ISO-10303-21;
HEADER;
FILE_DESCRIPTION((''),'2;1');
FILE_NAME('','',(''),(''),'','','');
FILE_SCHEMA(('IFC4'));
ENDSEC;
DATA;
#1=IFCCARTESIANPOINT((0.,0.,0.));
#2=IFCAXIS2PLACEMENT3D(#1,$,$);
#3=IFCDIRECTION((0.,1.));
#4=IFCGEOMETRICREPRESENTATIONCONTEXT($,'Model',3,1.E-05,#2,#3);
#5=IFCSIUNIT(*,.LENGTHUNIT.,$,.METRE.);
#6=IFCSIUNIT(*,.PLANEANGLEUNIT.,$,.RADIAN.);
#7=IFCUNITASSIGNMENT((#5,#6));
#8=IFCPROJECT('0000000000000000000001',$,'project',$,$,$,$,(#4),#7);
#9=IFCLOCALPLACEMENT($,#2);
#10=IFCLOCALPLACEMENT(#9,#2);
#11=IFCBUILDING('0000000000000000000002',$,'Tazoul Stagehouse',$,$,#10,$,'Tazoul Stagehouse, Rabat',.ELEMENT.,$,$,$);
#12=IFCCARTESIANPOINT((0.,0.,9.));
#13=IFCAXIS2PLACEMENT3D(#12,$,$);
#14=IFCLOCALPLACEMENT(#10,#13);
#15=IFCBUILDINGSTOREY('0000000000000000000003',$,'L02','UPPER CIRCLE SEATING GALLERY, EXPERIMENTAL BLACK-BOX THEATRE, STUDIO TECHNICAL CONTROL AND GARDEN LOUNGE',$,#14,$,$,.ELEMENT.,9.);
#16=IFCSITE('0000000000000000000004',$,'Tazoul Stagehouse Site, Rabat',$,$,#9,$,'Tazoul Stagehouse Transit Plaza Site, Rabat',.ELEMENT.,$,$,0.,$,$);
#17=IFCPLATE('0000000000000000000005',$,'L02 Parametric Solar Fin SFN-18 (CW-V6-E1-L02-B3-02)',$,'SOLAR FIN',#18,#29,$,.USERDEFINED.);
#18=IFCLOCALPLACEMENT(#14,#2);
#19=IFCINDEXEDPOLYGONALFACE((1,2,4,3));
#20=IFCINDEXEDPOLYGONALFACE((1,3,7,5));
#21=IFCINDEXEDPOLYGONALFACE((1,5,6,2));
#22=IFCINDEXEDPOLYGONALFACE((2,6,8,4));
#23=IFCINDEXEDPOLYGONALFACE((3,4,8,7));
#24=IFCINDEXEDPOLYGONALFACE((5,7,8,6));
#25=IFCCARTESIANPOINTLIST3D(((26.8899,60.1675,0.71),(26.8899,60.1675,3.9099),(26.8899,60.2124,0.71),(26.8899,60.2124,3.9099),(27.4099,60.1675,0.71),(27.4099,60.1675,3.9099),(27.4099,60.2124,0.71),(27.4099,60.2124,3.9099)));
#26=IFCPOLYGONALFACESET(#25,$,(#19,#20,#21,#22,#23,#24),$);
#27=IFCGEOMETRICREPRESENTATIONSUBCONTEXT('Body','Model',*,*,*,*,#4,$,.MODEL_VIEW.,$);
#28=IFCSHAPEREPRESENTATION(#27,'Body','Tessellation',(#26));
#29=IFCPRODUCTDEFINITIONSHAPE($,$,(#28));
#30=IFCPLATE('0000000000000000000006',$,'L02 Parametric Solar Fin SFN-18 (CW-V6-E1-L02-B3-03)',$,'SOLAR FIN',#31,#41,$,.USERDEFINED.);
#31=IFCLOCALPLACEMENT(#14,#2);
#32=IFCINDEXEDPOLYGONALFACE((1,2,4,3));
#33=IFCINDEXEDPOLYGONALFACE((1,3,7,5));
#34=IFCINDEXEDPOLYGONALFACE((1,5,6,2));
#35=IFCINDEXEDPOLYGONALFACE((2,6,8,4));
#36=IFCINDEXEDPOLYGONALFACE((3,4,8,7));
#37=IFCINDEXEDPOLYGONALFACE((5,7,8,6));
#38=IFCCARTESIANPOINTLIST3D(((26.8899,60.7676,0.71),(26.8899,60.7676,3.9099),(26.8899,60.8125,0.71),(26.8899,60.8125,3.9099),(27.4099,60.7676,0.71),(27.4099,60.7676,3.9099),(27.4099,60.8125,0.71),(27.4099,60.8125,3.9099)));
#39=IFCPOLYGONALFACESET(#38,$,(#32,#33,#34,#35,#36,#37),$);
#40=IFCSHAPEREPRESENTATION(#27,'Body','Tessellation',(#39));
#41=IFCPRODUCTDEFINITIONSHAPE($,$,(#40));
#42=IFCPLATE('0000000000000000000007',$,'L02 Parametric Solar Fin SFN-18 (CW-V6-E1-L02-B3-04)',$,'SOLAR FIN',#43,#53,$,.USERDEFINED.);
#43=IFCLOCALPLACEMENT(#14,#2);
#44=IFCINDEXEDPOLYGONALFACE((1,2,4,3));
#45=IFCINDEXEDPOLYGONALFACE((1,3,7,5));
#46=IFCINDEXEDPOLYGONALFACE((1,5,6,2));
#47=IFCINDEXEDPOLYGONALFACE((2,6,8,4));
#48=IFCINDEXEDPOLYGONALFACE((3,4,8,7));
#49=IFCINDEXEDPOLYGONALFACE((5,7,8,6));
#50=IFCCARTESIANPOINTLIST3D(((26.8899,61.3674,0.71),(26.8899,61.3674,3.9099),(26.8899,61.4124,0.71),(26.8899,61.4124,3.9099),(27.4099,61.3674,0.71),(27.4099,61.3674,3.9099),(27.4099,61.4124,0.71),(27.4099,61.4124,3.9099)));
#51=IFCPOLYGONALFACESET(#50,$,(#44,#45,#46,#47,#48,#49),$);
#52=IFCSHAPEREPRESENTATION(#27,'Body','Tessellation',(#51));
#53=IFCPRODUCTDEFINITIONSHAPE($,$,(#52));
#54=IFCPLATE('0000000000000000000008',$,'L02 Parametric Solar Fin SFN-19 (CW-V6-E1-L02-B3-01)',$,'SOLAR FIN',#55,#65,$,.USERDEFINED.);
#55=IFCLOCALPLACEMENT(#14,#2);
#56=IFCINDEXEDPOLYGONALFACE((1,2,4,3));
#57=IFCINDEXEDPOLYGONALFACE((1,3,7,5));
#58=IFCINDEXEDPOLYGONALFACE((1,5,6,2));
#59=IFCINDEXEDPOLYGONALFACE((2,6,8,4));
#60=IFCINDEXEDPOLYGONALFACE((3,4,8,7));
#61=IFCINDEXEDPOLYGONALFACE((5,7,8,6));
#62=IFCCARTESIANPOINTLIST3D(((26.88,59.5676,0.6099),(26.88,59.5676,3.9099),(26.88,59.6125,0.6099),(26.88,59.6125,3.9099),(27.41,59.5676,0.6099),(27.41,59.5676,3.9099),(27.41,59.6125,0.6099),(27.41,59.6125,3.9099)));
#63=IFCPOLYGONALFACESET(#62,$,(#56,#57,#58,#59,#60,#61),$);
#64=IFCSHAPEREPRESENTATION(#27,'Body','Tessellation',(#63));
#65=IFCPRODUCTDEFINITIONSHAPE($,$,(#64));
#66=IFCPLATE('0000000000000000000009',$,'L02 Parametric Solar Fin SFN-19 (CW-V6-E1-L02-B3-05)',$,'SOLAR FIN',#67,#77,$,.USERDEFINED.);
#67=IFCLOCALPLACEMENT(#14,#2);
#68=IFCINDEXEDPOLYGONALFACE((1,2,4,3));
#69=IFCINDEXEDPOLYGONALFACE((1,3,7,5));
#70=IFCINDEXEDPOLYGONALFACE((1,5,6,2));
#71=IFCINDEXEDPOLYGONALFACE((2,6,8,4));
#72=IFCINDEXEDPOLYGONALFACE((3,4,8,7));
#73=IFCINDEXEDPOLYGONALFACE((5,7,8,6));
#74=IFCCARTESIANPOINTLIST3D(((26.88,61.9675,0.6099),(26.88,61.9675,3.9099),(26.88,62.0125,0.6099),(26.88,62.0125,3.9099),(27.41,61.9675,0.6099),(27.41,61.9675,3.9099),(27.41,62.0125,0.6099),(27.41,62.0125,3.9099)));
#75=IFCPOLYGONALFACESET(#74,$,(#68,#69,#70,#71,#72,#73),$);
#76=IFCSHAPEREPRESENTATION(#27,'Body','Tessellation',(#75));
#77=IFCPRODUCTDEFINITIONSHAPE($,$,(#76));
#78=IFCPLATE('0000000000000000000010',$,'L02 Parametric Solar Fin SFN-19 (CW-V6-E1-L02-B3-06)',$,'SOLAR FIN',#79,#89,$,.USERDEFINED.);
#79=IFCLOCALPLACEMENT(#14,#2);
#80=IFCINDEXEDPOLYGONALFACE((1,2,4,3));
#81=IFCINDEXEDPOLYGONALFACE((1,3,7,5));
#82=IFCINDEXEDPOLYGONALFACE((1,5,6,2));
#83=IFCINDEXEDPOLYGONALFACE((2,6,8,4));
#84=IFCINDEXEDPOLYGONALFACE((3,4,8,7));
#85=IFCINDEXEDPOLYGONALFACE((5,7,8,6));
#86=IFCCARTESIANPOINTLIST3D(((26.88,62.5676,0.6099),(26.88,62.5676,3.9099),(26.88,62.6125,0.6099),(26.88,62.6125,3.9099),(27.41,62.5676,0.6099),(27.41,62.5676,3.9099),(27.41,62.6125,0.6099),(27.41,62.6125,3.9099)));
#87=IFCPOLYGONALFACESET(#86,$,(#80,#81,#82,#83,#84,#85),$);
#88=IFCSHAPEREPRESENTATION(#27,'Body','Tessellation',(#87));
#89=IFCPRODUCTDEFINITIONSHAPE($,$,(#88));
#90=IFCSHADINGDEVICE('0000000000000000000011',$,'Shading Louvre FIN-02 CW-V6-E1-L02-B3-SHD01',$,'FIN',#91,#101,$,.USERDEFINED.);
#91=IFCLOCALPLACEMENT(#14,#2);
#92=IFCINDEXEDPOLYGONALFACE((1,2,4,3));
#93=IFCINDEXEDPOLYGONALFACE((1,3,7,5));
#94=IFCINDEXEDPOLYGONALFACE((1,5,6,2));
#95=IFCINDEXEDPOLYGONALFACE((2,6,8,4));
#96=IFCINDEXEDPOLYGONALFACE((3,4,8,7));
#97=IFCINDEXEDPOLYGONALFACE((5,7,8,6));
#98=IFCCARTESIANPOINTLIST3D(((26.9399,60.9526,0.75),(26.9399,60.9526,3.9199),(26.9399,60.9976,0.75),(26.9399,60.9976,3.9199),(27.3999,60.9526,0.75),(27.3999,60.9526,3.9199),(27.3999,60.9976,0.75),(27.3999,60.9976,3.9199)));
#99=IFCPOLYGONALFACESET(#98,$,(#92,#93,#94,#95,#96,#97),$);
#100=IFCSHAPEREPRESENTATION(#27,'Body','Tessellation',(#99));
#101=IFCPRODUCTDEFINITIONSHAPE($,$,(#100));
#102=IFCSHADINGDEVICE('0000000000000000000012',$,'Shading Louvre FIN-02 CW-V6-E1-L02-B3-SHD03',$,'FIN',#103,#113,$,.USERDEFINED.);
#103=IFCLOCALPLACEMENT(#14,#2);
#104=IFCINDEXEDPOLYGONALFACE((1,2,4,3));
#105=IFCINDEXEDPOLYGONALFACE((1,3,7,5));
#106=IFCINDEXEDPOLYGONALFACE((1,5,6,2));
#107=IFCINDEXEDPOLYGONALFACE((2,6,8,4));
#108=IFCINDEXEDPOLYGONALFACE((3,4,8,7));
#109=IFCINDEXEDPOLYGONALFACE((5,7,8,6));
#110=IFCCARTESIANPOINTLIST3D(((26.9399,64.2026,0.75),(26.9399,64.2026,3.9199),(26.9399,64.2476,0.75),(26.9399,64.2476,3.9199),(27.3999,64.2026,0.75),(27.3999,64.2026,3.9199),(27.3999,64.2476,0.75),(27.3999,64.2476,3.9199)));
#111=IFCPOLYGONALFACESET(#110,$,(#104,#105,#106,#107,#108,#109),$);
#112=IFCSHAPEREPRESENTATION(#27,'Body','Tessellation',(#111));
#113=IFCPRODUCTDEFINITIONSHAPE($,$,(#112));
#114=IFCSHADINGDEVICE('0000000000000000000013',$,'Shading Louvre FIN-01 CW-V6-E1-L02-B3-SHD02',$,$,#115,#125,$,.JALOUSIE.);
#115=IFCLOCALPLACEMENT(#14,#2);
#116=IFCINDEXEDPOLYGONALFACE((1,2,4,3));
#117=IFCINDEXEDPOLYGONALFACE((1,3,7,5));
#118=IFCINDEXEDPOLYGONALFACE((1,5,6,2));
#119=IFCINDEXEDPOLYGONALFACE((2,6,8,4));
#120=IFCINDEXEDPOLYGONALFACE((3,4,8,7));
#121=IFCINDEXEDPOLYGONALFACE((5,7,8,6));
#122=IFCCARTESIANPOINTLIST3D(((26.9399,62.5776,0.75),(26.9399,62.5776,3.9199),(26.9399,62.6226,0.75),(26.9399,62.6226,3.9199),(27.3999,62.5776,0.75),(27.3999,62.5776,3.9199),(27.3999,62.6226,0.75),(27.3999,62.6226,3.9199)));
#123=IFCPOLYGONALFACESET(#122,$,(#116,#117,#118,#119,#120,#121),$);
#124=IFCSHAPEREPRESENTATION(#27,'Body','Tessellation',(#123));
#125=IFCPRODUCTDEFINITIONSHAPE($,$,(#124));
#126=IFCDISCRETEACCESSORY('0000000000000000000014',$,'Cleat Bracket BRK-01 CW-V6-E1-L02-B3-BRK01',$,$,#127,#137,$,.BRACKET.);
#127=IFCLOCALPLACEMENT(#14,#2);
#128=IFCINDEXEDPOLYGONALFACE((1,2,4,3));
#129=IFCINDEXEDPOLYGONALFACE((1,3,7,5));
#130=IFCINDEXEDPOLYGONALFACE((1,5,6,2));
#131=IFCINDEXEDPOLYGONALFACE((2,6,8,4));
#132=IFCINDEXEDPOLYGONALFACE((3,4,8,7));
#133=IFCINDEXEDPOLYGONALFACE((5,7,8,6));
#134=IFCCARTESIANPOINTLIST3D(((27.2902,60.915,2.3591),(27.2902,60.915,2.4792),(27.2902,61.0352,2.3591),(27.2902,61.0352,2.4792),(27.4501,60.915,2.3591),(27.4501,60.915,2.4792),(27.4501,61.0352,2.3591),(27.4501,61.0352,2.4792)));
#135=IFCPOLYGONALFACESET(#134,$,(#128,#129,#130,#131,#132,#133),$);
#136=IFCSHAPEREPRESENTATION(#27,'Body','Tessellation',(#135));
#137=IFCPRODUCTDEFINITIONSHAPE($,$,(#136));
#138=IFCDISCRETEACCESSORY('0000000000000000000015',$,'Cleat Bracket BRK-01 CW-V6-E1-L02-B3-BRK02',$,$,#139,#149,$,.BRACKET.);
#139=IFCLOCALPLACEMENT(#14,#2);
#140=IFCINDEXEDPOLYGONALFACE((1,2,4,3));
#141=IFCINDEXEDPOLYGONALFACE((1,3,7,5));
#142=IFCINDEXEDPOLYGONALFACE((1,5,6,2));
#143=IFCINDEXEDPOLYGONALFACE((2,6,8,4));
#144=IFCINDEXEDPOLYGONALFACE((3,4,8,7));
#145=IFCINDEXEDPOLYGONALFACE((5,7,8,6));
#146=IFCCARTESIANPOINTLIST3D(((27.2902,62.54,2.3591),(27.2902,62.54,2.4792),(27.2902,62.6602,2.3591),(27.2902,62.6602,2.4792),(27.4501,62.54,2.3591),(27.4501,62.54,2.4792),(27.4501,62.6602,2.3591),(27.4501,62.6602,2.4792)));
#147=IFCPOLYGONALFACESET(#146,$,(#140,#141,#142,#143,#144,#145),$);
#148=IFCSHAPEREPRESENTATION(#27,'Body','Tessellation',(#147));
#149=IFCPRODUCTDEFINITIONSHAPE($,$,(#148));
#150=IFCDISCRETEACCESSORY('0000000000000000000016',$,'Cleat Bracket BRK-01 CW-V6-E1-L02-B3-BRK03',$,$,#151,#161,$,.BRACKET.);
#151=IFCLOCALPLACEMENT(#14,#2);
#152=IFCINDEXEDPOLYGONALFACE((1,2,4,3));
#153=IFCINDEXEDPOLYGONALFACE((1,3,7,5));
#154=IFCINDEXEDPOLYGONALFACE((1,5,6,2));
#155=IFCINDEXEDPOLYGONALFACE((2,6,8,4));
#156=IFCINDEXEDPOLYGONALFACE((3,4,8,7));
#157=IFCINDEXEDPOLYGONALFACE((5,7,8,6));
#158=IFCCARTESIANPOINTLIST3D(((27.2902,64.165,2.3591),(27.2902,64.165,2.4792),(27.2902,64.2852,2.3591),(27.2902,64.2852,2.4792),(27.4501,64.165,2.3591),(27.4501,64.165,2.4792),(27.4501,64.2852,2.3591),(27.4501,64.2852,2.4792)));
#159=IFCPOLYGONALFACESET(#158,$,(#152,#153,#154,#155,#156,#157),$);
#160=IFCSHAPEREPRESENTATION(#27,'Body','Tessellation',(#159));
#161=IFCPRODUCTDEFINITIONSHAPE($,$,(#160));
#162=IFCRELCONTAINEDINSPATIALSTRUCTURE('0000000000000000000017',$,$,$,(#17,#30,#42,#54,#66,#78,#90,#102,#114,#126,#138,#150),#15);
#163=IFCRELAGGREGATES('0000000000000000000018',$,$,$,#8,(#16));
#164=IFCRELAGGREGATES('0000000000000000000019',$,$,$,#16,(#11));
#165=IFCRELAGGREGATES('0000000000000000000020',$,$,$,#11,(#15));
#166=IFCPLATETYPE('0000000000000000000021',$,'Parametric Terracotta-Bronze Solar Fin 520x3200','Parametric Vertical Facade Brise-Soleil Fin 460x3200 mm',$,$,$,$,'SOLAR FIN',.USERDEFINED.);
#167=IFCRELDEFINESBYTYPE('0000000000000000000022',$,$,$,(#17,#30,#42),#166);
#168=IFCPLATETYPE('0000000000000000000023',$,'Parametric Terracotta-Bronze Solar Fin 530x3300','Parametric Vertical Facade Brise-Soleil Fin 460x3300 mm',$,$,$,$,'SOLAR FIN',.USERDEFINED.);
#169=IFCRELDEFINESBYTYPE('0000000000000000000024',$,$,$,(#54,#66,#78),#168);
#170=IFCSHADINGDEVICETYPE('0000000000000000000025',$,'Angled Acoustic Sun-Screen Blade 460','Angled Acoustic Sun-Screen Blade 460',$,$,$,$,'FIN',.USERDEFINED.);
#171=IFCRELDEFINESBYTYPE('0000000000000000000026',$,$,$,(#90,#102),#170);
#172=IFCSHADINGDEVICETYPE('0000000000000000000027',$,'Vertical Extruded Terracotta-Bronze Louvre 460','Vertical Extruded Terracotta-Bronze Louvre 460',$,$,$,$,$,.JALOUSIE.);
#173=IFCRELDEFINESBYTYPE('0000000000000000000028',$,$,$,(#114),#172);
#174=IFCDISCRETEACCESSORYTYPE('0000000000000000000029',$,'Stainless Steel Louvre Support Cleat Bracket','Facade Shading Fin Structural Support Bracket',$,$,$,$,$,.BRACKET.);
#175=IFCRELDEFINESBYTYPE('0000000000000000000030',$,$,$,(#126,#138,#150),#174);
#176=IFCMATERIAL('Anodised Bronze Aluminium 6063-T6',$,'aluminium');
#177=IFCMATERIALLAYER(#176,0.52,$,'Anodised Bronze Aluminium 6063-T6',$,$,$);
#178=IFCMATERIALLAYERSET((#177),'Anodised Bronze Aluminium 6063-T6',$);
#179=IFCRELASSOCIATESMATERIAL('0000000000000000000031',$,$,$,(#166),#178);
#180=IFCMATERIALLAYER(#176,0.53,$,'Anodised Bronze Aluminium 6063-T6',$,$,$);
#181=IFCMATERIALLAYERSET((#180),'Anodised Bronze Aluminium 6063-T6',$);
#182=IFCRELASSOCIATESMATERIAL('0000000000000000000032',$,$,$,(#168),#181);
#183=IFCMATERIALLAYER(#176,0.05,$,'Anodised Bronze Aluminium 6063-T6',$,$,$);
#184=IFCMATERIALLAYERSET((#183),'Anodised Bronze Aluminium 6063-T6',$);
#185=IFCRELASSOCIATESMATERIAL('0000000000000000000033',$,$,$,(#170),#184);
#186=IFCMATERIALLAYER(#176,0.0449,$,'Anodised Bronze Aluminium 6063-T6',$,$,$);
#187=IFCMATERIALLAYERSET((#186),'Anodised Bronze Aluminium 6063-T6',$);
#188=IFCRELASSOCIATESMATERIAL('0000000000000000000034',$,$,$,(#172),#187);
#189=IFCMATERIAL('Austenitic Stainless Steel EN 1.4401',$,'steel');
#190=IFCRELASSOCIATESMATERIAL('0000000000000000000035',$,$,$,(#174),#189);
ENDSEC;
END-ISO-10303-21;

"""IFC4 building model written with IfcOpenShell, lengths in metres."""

from ifc_helpers import new_model, si_unit, direction, frame, origin, origin_2d, place, context, subcontext, project, spatial, rectangle, extrude, material, layer, layer_set, type_object, element, save


model = new_model("IFC4")

# Units and contexts
model_context = context("Model", 3, precision=1e-05, world=origin(), true_north=direction((0.0, 1.0)))
body_context = subcontext(model_context, "Body", "Model", "MODEL_VIEW")
ifc_project = project(units=[si_unit("LENGTHUNIT", "METRE"), si_unit("PLANEANGLEUNIT", "RADIAN")], contexts=[model_context])

# Site, building, storey
site_placement = place(None, origin())
site = spatial("IfcSite", under=ifc_project, at=site_placement, Name="Tazoul Stagehouse Site, Rabat", LongName="Tazoul Stagehouse Transit Plaza Site, Rabat", CompositionType="ELEMENT", RefElevation=0.0)
building_placement = place(site_placement, origin())
building = spatial("IfcBuilding", under=site, at=building_placement, Name="Tazoul Stagehouse", LongName="Tazoul Stagehouse, Rabat", CompositionType="ELEMENT")
storey_placement = place(building_placement, frame((0.0, 0.0, 9.0)))
storey = spatial("IfcBuildingStorey", under=building, at=storey_placement, Name="L02", Description="UPPER CIRCLE SEATING GALLERY, EXPERIMENTAL BLACK-BOX THEATRE, STUDIO TECHNICAL CONTROL AND GARDEN LOUNGE", CompositionType="ELEMENT", Elevation=9.0)

# Plates
ifc_material_1 = material(Name="Anodised Bronze Aluminium 6063-T6", Category="aluminium")
ifc_layer_1 = layer(ifc_material_1, 0.52, Name="Anodised Bronze Aluminium 6063-T6")
ifc_layer_set_1 = layer_set([ifc_layer_1], Name="Anodised Bronze Aluminium 6063-T6")
plate_type_1 = type_object("IfcPlateType", Name="Parametric Terracotta-Bronze Solar Fin 520x3200", Description="Parametric Vertical Facade Brise-Soleil Fin 460x3200 mm", ElementType="SOLAR FIN", PredefinedType="USERDEFINED", material=ifc_layer_set_1)
for number, where, z_axis, x_axis, name in (
    (1, (27.1499, 60.1899, 0.71), (0.0, 0.0, 1.0), (0.0, 1.0, 0.0), "L02 Parametric Solar Fin SFN-18 (CW-V6-E1-L02-B3-02)"),
    (2, (27.1499, 60.79, 0.71), (0.0, 0.0, 1.0), (0.0, 1.0, 0.0), "L02 Parametric Solar Fin SFN-18 (CW-V6-E1-L02-B3-03)"),
    (3, (27.1499, 61.3899, 0.71), (0.0, 0.0, 1.0), (0.0, 1.0, 0.0), "L02 Parametric Solar Fin SFN-18 (CW-V6-E1-L02-B3-04)"),
):
    element("IfcPlate", number, at=place(storey_placement, frame(where, z_axis=z_axis, x_axis=x_axis)), inside=storey, type_object=plate_type_1, Name=name, ObjectType="SOLAR FIN", PredefinedType="USERDEFINED", context=body_context, shape_type="SweptSolid", body=[
        extrude(rectangle(XDim=0.0449, YDim=0.52, at=origin_2d()), origin(), (0.0, 0.0, 1.0), 3.2),
    ])
ifc_layer_2 = layer(ifc_material_1, 0.53, Name="Anodised Bronze Aluminium 6063-T6")
ifc_layer_set_2 = layer_set([ifc_layer_2], Name="Anodised Bronze Aluminium 6063-T6")
plate_type_2 = type_object("IfcPlateType", Name="Parametric Terracotta-Bronze Solar Fin 530x3300", Description="Parametric Vertical Facade Brise-Soleil Fin 460x3300 mm", ElementType="SOLAR FIN", PredefinedType="USERDEFINED", material=ifc_layer_set_2)
for number, where, z_axis, x_axis, name in (
    (4, (27.145, 59.5901, 0.6099), (0.0, 0.0, 1.0), (0.0, 1.0, 0.0), "L02 Parametric Solar Fin SFN-19 (CW-V6-E1-L02-B3-01)"),
    (5, (27.145, 61.99, 0.6099), (0.0, 0.0, 1.0), (0.0, 1.0, 0.0), "L02 Parametric Solar Fin SFN-19 (CW-V6-E1-L02-B3-05)"),
    (6, (27.145, 62.5901, 0.6099), (0.0, 0.0, 1.0), (0.0, 1.0, 0.0), "L02 Parametric Solar Fin SFN-19 (CW-V6-E1-L02-B3-06)"),
):
    element("IfcPlate", number, at=place(storey_placement, frame(where, z_axis=z_axis, x_axis=x_axis)), inside=storey, type_object=plate_type_2, Name=name, ObjectType="SOLAR FIN", PredefinedType="USERDEFINED", context=body_context, shape_type="SweptSolid", body=[
        extrude(rectangle(XDim=0.0449, YDim=0.53, at=origin_2d()), origin(), (0.0, 0.0, 1.0), 3.3),
    ])

# Shading devices
ifc_layer_3 = layer(ifc_material_1, 0.05, Name="Anodised Bronze Aluminium 6063-T6")
ifc_layer_set_3 = layer_set([ifc_layer_3], Name="Anodised Bronze Aluminium 6063-T6")
shading_device_type_1 = type_object("IfcShadingDeviceType", Name="Angled Acoustic Sun-Screen Blade 460", Description="Angled Acoustic Sun-Screen Blade 460", ElementType="FIN", PredefinedType="USERDEFINED", material=ifc_layer_set_3)
for number, where, z_axis, x_axis, name in (
    (7, (27.1699, 60.9751, 0.75), (0.0, 0.0, 1.0), (0.0, 1.0, 0.0), "Shading Louvre FIN-02 CW-V6-E1-L02-B3-SHD01"),
    (8, (27.1699, 64.2251, 0.75), (0.0, 0.0, 1.0), (0.0, 1.0, 0.0), "Shading Louvre FIN-02 CW-V6-E1-L02-B3-SHD03"),
):
    element("IfcShadingDevice", number, at=place(storey_placement, frame(where, z_axis=z_axis, x_axis=x_axis)), inside=storey, type_object=shading_device_type_1, Name=name, ObjectType="FIN", PredefinedType="USERDEFINED", context=body_context, shape_type="SweptSolid", body=[
        extrude(rectangle(XDim=0.0449, YDim=0.46, at=origin_2d()), origin(), (0.0, 0.0, 1.0), 3.1699),
    ])
ifc_layer_4 = layer(ifc_material_1, 0.0449, Name="Anodised Bronze Aluminium 6063-T6")
ifc_layer_set_4 = layer_set([ifc_layer_4], Name="Anodised Bronze Aluminium 6063-T6")
shading_device_type_2 = type_object("IfcShadingDeviceType", Name="Vertical Extruded Terracotta-Bronze Louvre 460", Description="Vertical Extruded Terracotta-Bronze Louvre 460", PredefinedType="JALOUSIE", material=ifc_layer_set_4)
shading_device_placement = place(storey_placement, frame((27.1699, 62.6001, 0.75), z_axis=(0.0, 0.0, 1.0), x_axis=(0.0, 1.0, 0.0)))
element("IfcShadingDevice", 9, at=shading_device_placement, inside=storey, type_object=shading_device_type_2, Name="Shading Louvre FIN-01 CW-V6-E1-L02-B3-SHD02", PredefinedType="JALOUSIE", context=body_context, shape_type="SweptSolid", body=[
    extrude(rectangle(XDim=0.0449, YDim=0.46, at=origin_2d()), origin(), (0.0, 0.0, 1.0), 3.1699),
])

# Discrete accessories
ifc_material_2 = material(Name="Austenitic Stainless Steel EN 1.4401", Category="steel")
discrete_accessory_type = type_object("IfcDiscreteAccessoryType", Name="Stainless Steel Louvre Support Cleat Bracket", Description="Facade Shading Fin Structural Support Bracket", PredefinedType="BRACKET", material=ifc_material_2)
for number, where, z_axis, x_axis, name in (
    (10, (27.3701, 60.9751, 2.3591), (0.0, 0.0, 1.0), (0.0, 1.0, 0.0), "Cleat Bracket BRK-01 CW-V6-E1-L02-B3-BRK01"),
    (11, (27.3701, 62.6001, 2.3591), (0.0, 0.0, 1.0), (0.0, 1.0, 0.0), "Cleat Bracket BRK-01 CW-V6-E1-L02-B3-BRK02"),
    (12, (27.3701, 64.2251, 2.3591), (0.0, 0.0, 1.0), (0.0, 1.0, 0.0), "Cleat Bracket BRK-01 CW-V6-E1-L02-B3-BRK03"),
):
    element("IfcDiscreteAccessory", number, at=place(storey_placement, frame(where, z_axis=z_axis, x_axis=x_axis)), inside=storey, type_object=discrete_accessory_type, Name=name, PredefinedType="BRACKET", context=body_context, shape_type="SweptSolid", body=[
        extrude(rectangle(XDim=0.1201, YDim=0.1599, at=origin_2d()), origin(), (0.0, 0.0, 1.0), 0.1201),
    ])

save(model, "model.ifc")
